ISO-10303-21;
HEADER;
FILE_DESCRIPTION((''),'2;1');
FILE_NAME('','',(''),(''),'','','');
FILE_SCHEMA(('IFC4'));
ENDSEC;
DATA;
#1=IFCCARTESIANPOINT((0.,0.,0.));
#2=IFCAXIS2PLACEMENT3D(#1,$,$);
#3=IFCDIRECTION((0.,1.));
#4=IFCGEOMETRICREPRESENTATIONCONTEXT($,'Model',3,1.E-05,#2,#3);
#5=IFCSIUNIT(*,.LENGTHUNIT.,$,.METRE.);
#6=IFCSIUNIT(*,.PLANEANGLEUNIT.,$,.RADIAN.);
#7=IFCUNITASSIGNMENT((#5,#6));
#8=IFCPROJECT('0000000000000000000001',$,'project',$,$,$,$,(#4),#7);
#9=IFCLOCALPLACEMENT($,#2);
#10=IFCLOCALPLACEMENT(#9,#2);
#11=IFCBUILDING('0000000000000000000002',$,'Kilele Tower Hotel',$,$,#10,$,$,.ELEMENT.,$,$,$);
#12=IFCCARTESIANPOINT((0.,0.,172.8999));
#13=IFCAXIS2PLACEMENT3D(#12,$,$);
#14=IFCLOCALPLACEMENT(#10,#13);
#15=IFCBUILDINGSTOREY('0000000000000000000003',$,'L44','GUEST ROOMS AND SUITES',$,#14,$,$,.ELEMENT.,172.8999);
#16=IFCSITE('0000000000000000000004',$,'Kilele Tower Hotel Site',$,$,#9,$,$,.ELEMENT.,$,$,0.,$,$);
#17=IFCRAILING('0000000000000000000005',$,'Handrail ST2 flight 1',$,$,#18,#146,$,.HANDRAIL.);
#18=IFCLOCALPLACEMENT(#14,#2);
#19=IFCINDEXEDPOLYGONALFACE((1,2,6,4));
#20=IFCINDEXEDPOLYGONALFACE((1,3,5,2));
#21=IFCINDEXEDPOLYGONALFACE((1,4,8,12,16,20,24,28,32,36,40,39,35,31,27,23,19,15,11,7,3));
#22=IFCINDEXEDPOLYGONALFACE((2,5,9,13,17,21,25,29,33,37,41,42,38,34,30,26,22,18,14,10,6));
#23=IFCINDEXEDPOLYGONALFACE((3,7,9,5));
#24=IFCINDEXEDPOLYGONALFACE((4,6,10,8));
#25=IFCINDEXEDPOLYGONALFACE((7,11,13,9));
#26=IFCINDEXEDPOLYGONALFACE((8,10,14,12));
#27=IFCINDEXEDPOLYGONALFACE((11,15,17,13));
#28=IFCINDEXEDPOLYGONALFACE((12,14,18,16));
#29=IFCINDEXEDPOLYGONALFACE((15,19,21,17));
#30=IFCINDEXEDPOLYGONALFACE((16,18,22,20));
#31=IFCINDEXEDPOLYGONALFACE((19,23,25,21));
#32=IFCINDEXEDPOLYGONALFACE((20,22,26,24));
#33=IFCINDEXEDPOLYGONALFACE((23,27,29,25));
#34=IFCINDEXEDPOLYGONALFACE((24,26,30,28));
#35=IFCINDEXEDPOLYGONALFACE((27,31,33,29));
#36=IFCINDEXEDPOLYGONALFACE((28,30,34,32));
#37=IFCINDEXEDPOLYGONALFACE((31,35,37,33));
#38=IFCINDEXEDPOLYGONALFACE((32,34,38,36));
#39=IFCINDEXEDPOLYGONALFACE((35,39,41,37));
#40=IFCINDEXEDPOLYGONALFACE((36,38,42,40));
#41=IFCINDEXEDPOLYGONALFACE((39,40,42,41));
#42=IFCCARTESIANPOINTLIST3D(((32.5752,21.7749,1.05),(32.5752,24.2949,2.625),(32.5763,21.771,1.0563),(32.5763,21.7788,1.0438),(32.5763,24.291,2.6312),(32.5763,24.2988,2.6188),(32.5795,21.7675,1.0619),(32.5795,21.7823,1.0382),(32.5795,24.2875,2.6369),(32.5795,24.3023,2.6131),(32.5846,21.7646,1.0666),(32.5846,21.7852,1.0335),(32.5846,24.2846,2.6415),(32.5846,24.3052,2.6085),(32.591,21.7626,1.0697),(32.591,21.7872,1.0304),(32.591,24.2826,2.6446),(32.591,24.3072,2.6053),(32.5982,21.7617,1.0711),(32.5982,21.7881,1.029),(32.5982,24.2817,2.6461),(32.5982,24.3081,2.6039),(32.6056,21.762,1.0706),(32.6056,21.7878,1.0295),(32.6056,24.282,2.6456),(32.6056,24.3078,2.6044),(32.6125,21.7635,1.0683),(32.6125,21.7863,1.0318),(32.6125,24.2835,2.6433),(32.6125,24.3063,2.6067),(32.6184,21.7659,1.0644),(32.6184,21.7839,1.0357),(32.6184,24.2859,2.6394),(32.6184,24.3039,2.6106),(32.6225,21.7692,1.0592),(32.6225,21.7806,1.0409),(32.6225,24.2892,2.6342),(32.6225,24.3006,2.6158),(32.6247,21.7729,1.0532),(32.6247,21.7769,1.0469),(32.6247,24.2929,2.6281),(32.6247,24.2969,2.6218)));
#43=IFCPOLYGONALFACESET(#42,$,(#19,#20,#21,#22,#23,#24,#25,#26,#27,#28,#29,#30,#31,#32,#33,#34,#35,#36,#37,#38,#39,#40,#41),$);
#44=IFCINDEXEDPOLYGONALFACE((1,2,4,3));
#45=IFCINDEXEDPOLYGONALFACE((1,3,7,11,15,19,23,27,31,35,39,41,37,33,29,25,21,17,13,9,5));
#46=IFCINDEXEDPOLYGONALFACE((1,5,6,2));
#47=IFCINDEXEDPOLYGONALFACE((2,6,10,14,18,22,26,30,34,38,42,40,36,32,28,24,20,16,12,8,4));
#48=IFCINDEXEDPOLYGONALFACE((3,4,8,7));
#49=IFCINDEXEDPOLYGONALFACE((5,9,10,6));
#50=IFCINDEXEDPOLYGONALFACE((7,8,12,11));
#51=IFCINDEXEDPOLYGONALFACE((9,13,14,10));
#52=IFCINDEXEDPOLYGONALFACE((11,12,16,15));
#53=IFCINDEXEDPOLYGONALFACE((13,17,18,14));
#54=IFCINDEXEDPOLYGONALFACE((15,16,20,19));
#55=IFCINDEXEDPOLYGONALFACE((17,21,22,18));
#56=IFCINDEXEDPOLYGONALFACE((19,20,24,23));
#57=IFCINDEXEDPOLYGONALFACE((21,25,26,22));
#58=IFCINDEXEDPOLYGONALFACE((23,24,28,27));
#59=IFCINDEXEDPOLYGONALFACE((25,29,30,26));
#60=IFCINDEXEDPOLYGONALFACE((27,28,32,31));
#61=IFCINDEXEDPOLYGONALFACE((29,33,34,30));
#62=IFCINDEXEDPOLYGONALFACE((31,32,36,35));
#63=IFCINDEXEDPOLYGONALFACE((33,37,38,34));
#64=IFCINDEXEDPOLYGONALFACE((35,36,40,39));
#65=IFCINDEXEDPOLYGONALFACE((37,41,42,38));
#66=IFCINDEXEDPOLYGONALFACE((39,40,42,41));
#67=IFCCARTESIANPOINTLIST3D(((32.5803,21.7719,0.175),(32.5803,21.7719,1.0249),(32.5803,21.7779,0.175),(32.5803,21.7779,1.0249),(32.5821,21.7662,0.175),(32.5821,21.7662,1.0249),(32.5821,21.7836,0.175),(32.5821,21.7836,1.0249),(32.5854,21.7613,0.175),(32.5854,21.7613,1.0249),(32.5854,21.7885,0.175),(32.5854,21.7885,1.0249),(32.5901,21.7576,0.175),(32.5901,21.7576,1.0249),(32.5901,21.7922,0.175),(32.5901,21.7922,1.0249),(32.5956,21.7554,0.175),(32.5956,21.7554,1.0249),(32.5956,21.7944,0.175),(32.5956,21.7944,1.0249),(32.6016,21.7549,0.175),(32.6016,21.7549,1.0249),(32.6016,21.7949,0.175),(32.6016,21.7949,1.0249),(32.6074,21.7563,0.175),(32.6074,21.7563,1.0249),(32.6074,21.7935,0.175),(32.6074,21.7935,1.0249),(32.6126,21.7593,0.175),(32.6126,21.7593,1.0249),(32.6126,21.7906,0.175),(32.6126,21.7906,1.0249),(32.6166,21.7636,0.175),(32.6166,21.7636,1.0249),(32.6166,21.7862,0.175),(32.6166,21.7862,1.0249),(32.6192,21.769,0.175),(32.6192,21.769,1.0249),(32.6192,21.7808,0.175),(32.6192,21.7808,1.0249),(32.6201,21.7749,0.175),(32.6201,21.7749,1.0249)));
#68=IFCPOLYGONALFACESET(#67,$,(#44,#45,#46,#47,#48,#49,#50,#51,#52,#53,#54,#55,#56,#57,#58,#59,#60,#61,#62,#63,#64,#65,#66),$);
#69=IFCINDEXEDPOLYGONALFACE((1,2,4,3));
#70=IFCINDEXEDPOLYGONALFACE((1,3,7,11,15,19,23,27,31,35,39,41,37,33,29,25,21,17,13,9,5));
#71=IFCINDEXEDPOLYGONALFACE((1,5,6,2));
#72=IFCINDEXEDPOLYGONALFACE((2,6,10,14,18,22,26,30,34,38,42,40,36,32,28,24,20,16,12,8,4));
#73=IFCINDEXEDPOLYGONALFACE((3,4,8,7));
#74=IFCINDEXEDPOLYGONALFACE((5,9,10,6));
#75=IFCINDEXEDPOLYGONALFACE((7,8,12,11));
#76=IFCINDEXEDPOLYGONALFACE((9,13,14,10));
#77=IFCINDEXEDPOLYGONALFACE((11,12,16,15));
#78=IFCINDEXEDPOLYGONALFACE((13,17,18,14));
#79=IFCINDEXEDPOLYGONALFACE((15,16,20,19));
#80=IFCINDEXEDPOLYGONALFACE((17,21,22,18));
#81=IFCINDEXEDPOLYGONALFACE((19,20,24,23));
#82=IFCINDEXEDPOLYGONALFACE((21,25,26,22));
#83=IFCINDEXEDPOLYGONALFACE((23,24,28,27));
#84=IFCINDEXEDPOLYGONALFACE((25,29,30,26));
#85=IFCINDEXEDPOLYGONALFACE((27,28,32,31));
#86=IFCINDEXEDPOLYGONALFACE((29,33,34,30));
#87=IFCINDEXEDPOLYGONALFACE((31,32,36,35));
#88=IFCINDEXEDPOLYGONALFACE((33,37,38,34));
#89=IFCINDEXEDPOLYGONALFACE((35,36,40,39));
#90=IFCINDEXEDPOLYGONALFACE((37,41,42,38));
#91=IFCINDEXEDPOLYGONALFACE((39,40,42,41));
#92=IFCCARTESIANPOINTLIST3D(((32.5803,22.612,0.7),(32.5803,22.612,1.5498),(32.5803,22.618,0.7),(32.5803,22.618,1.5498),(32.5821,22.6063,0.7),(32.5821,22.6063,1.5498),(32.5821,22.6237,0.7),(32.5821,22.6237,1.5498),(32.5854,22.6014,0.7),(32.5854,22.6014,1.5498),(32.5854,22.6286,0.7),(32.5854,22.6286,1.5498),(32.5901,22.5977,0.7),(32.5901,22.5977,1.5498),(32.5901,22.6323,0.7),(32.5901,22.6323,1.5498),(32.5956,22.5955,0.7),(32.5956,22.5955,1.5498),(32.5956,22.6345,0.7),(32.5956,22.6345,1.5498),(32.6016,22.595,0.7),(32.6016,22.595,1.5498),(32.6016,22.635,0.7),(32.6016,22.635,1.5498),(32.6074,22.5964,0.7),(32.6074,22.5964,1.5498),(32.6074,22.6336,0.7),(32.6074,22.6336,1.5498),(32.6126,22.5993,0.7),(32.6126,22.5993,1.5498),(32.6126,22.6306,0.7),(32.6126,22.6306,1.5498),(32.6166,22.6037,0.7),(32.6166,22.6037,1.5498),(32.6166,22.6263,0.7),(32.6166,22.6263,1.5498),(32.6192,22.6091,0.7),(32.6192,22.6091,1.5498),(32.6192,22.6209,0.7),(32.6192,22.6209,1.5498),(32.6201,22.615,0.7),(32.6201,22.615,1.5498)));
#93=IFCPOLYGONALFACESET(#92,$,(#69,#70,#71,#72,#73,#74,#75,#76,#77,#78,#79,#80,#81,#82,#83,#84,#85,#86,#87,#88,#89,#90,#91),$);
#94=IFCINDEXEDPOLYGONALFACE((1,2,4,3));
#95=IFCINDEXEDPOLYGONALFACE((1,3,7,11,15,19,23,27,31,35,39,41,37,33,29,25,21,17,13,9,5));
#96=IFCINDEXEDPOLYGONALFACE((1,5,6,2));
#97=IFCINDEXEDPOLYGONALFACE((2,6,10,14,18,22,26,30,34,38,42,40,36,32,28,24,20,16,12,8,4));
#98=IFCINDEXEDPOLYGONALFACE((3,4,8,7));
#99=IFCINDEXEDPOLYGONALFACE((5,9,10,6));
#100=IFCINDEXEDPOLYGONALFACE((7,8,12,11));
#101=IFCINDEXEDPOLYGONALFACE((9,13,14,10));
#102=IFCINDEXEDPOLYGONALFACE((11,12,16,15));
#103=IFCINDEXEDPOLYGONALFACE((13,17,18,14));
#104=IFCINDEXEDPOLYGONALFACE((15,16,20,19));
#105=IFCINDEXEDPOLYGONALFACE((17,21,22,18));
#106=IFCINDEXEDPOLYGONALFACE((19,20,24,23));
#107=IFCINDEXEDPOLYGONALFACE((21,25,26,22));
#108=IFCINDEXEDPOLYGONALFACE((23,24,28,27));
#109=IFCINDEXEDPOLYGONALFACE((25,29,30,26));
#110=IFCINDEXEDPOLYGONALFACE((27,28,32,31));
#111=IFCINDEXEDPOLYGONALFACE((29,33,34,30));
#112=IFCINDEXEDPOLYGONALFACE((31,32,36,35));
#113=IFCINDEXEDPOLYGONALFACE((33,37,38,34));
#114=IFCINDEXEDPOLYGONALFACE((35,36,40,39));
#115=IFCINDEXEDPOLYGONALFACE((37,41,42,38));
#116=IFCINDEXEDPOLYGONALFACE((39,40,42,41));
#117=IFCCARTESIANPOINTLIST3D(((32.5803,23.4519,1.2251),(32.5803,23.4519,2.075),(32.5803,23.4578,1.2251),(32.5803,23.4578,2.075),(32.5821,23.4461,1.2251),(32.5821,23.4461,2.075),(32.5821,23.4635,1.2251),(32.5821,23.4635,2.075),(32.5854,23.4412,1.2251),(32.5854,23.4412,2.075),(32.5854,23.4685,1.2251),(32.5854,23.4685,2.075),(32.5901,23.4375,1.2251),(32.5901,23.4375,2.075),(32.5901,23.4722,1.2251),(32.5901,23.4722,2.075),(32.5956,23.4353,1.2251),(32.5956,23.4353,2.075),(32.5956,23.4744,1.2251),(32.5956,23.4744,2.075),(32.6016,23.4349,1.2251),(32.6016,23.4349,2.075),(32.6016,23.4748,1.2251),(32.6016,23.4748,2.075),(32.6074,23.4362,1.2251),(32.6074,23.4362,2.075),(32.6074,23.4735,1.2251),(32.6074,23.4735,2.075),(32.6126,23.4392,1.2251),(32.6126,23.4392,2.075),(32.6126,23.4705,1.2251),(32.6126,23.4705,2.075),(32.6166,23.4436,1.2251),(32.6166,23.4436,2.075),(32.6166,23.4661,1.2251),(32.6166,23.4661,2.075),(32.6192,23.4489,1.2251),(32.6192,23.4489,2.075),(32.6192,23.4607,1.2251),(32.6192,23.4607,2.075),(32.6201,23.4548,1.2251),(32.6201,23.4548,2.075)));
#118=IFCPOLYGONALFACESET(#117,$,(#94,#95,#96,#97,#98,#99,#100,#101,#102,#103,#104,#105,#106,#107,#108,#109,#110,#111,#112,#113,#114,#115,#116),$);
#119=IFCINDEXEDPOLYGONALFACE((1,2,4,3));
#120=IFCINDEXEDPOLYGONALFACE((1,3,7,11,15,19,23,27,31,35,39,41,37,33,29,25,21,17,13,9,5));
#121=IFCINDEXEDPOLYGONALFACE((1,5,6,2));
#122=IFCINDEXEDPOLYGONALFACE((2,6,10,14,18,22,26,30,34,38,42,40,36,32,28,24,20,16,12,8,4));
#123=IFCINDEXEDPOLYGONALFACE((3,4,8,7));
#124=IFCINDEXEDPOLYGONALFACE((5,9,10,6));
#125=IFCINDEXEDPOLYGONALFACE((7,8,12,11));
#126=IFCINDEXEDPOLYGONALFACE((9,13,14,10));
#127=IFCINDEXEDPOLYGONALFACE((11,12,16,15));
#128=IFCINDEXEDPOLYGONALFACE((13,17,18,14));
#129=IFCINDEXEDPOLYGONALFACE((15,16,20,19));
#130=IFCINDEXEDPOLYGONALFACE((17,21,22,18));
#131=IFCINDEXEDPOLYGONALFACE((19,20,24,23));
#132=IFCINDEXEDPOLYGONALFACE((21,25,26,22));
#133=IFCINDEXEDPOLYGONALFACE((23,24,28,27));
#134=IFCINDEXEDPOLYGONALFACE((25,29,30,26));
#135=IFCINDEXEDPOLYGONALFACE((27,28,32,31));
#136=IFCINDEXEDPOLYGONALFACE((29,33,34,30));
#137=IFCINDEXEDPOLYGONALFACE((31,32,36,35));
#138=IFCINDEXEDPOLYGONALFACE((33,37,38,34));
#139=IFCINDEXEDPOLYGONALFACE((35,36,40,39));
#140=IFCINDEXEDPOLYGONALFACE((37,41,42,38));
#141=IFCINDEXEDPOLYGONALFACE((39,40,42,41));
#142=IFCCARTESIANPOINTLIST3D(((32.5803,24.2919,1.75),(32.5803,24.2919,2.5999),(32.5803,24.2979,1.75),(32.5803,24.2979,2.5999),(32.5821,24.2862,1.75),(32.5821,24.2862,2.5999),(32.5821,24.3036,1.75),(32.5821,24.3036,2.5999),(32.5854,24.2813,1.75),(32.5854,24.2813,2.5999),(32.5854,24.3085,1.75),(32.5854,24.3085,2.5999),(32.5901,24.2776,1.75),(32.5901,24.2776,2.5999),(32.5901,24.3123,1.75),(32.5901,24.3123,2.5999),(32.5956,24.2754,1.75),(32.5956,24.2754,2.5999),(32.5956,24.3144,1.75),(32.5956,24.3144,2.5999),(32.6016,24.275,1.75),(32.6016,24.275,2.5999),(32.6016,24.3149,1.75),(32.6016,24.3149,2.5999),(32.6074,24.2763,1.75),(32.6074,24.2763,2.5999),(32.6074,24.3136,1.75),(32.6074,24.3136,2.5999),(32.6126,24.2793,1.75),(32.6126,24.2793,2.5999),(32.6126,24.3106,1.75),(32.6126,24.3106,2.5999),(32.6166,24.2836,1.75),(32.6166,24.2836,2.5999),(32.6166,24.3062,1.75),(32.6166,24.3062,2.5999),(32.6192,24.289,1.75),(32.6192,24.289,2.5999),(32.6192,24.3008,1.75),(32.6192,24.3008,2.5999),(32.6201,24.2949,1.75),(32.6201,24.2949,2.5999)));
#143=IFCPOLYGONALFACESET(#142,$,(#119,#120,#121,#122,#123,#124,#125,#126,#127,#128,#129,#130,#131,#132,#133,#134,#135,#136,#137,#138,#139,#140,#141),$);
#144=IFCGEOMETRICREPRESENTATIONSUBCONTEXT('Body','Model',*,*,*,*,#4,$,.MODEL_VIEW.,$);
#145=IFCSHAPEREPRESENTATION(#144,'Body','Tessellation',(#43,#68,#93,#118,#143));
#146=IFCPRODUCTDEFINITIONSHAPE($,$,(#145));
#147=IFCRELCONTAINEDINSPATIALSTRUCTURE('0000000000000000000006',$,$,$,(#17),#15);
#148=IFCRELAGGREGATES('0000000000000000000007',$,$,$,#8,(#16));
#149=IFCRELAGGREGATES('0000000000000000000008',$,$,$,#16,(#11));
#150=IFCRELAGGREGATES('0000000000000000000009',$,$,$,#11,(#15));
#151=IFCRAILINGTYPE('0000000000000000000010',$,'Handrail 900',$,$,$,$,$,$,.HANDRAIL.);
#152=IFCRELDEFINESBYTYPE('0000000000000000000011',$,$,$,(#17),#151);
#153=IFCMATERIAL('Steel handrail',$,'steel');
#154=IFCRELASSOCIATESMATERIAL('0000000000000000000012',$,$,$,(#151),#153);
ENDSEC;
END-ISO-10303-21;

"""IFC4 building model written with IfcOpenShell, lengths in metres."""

from ifc_helpers import new_model, si_unit, direction, frame, origin, origin_2d, place, context, subcontext, project, spatial, circle, extrude, material, type_object, element, save


model = new_model("IFC4")

# Units and contexts
model_context = context("Model", 3, precision=1e-05, world=origin(), true_north=direction((0.0, 1.0)))
body_context = subcontext(model_context, "Body", "Model", "MODEL_VIEW")
ifc_project = project(units=[si_unit("LENGTHUNIT", "METRE"), si_unit("PLANEANGLEUNIT", "RADIAN")], contexts=[model_context])

# Site, building, storey
site_placement = place(None, origin())
site = spatial("IfcSite", under=ifc_project, at=site_placement, Name="Kilele Tower Hotel Site", CompositionType="ELEMENT", RefElevation=0.0)
building_placement = place(site_placement, origin())
building = spatial("IfcBuilding", under=site, at=building_placement, Name="Kilele Tower Hotel", CompositionType="ELEMENT")
storey_placement = place(building_placement, frame((0.0, 0.0, 172.8999)))
storey = spatial("IfcBuildingStorey", under=building, at=storey_placement, Name="L44", Description="GUEST ROOMS AND SUITES", CompositionType="ELEMENT", Elevation=172.8999)

# Railing
ifc_material_1 = material(Name="Steel handrail", Category="steel")
railing_type_1 = type_object("IfcRailingType", Name="Handrail 900", PredefinedType="HANDRAIL", material=ifc_material_1)
for number, where, name in (
    (1, (32.6001, 21.7749, 0.175), "Handrail ST2 flight 1"),
):
    element("IfcRailing", number, at=place(storey_placement, frame(where)), inside=storey, type_object=railing_type_1, Name=name, PredefinedType="HANDRAIL", context=body_context, shape_type="SweptSolid", body=[
        extrude(circle(Radius=0.0249, at=origin_2d()), frame((0.0, 0.0, 0.875), z_axis=(0.0, 0.848008, 0.529984), x_axis=(-1.0, 0.0, 0.0)), (0.0, 0.0, 1.0), 2.9717),
        extrude(circle(Radius=0.02, at=origin_2d()), origin(), (0.0, 0.0, 1.0), 0.8499),
        extrude(circle(Radius=0.02, at=origin_2d()), frame((0.0, 0.8401, 0.5249)), (0.0, 0.0, 1.0), 0.8499),
        extrude(circle(Radius=0.02, at=origin_2d()), frame((0.0, 1.6799, 1.05)), (0.0, 0.0, 1.0), 0.8499),
        extrude(circle(Radius=0.02, at=origin_2d()), frame((0.0, 2.52, 1.575)), (0.0, 0.0, 1.0), 0.8499),
    ])

save(model, "model.ifc")
